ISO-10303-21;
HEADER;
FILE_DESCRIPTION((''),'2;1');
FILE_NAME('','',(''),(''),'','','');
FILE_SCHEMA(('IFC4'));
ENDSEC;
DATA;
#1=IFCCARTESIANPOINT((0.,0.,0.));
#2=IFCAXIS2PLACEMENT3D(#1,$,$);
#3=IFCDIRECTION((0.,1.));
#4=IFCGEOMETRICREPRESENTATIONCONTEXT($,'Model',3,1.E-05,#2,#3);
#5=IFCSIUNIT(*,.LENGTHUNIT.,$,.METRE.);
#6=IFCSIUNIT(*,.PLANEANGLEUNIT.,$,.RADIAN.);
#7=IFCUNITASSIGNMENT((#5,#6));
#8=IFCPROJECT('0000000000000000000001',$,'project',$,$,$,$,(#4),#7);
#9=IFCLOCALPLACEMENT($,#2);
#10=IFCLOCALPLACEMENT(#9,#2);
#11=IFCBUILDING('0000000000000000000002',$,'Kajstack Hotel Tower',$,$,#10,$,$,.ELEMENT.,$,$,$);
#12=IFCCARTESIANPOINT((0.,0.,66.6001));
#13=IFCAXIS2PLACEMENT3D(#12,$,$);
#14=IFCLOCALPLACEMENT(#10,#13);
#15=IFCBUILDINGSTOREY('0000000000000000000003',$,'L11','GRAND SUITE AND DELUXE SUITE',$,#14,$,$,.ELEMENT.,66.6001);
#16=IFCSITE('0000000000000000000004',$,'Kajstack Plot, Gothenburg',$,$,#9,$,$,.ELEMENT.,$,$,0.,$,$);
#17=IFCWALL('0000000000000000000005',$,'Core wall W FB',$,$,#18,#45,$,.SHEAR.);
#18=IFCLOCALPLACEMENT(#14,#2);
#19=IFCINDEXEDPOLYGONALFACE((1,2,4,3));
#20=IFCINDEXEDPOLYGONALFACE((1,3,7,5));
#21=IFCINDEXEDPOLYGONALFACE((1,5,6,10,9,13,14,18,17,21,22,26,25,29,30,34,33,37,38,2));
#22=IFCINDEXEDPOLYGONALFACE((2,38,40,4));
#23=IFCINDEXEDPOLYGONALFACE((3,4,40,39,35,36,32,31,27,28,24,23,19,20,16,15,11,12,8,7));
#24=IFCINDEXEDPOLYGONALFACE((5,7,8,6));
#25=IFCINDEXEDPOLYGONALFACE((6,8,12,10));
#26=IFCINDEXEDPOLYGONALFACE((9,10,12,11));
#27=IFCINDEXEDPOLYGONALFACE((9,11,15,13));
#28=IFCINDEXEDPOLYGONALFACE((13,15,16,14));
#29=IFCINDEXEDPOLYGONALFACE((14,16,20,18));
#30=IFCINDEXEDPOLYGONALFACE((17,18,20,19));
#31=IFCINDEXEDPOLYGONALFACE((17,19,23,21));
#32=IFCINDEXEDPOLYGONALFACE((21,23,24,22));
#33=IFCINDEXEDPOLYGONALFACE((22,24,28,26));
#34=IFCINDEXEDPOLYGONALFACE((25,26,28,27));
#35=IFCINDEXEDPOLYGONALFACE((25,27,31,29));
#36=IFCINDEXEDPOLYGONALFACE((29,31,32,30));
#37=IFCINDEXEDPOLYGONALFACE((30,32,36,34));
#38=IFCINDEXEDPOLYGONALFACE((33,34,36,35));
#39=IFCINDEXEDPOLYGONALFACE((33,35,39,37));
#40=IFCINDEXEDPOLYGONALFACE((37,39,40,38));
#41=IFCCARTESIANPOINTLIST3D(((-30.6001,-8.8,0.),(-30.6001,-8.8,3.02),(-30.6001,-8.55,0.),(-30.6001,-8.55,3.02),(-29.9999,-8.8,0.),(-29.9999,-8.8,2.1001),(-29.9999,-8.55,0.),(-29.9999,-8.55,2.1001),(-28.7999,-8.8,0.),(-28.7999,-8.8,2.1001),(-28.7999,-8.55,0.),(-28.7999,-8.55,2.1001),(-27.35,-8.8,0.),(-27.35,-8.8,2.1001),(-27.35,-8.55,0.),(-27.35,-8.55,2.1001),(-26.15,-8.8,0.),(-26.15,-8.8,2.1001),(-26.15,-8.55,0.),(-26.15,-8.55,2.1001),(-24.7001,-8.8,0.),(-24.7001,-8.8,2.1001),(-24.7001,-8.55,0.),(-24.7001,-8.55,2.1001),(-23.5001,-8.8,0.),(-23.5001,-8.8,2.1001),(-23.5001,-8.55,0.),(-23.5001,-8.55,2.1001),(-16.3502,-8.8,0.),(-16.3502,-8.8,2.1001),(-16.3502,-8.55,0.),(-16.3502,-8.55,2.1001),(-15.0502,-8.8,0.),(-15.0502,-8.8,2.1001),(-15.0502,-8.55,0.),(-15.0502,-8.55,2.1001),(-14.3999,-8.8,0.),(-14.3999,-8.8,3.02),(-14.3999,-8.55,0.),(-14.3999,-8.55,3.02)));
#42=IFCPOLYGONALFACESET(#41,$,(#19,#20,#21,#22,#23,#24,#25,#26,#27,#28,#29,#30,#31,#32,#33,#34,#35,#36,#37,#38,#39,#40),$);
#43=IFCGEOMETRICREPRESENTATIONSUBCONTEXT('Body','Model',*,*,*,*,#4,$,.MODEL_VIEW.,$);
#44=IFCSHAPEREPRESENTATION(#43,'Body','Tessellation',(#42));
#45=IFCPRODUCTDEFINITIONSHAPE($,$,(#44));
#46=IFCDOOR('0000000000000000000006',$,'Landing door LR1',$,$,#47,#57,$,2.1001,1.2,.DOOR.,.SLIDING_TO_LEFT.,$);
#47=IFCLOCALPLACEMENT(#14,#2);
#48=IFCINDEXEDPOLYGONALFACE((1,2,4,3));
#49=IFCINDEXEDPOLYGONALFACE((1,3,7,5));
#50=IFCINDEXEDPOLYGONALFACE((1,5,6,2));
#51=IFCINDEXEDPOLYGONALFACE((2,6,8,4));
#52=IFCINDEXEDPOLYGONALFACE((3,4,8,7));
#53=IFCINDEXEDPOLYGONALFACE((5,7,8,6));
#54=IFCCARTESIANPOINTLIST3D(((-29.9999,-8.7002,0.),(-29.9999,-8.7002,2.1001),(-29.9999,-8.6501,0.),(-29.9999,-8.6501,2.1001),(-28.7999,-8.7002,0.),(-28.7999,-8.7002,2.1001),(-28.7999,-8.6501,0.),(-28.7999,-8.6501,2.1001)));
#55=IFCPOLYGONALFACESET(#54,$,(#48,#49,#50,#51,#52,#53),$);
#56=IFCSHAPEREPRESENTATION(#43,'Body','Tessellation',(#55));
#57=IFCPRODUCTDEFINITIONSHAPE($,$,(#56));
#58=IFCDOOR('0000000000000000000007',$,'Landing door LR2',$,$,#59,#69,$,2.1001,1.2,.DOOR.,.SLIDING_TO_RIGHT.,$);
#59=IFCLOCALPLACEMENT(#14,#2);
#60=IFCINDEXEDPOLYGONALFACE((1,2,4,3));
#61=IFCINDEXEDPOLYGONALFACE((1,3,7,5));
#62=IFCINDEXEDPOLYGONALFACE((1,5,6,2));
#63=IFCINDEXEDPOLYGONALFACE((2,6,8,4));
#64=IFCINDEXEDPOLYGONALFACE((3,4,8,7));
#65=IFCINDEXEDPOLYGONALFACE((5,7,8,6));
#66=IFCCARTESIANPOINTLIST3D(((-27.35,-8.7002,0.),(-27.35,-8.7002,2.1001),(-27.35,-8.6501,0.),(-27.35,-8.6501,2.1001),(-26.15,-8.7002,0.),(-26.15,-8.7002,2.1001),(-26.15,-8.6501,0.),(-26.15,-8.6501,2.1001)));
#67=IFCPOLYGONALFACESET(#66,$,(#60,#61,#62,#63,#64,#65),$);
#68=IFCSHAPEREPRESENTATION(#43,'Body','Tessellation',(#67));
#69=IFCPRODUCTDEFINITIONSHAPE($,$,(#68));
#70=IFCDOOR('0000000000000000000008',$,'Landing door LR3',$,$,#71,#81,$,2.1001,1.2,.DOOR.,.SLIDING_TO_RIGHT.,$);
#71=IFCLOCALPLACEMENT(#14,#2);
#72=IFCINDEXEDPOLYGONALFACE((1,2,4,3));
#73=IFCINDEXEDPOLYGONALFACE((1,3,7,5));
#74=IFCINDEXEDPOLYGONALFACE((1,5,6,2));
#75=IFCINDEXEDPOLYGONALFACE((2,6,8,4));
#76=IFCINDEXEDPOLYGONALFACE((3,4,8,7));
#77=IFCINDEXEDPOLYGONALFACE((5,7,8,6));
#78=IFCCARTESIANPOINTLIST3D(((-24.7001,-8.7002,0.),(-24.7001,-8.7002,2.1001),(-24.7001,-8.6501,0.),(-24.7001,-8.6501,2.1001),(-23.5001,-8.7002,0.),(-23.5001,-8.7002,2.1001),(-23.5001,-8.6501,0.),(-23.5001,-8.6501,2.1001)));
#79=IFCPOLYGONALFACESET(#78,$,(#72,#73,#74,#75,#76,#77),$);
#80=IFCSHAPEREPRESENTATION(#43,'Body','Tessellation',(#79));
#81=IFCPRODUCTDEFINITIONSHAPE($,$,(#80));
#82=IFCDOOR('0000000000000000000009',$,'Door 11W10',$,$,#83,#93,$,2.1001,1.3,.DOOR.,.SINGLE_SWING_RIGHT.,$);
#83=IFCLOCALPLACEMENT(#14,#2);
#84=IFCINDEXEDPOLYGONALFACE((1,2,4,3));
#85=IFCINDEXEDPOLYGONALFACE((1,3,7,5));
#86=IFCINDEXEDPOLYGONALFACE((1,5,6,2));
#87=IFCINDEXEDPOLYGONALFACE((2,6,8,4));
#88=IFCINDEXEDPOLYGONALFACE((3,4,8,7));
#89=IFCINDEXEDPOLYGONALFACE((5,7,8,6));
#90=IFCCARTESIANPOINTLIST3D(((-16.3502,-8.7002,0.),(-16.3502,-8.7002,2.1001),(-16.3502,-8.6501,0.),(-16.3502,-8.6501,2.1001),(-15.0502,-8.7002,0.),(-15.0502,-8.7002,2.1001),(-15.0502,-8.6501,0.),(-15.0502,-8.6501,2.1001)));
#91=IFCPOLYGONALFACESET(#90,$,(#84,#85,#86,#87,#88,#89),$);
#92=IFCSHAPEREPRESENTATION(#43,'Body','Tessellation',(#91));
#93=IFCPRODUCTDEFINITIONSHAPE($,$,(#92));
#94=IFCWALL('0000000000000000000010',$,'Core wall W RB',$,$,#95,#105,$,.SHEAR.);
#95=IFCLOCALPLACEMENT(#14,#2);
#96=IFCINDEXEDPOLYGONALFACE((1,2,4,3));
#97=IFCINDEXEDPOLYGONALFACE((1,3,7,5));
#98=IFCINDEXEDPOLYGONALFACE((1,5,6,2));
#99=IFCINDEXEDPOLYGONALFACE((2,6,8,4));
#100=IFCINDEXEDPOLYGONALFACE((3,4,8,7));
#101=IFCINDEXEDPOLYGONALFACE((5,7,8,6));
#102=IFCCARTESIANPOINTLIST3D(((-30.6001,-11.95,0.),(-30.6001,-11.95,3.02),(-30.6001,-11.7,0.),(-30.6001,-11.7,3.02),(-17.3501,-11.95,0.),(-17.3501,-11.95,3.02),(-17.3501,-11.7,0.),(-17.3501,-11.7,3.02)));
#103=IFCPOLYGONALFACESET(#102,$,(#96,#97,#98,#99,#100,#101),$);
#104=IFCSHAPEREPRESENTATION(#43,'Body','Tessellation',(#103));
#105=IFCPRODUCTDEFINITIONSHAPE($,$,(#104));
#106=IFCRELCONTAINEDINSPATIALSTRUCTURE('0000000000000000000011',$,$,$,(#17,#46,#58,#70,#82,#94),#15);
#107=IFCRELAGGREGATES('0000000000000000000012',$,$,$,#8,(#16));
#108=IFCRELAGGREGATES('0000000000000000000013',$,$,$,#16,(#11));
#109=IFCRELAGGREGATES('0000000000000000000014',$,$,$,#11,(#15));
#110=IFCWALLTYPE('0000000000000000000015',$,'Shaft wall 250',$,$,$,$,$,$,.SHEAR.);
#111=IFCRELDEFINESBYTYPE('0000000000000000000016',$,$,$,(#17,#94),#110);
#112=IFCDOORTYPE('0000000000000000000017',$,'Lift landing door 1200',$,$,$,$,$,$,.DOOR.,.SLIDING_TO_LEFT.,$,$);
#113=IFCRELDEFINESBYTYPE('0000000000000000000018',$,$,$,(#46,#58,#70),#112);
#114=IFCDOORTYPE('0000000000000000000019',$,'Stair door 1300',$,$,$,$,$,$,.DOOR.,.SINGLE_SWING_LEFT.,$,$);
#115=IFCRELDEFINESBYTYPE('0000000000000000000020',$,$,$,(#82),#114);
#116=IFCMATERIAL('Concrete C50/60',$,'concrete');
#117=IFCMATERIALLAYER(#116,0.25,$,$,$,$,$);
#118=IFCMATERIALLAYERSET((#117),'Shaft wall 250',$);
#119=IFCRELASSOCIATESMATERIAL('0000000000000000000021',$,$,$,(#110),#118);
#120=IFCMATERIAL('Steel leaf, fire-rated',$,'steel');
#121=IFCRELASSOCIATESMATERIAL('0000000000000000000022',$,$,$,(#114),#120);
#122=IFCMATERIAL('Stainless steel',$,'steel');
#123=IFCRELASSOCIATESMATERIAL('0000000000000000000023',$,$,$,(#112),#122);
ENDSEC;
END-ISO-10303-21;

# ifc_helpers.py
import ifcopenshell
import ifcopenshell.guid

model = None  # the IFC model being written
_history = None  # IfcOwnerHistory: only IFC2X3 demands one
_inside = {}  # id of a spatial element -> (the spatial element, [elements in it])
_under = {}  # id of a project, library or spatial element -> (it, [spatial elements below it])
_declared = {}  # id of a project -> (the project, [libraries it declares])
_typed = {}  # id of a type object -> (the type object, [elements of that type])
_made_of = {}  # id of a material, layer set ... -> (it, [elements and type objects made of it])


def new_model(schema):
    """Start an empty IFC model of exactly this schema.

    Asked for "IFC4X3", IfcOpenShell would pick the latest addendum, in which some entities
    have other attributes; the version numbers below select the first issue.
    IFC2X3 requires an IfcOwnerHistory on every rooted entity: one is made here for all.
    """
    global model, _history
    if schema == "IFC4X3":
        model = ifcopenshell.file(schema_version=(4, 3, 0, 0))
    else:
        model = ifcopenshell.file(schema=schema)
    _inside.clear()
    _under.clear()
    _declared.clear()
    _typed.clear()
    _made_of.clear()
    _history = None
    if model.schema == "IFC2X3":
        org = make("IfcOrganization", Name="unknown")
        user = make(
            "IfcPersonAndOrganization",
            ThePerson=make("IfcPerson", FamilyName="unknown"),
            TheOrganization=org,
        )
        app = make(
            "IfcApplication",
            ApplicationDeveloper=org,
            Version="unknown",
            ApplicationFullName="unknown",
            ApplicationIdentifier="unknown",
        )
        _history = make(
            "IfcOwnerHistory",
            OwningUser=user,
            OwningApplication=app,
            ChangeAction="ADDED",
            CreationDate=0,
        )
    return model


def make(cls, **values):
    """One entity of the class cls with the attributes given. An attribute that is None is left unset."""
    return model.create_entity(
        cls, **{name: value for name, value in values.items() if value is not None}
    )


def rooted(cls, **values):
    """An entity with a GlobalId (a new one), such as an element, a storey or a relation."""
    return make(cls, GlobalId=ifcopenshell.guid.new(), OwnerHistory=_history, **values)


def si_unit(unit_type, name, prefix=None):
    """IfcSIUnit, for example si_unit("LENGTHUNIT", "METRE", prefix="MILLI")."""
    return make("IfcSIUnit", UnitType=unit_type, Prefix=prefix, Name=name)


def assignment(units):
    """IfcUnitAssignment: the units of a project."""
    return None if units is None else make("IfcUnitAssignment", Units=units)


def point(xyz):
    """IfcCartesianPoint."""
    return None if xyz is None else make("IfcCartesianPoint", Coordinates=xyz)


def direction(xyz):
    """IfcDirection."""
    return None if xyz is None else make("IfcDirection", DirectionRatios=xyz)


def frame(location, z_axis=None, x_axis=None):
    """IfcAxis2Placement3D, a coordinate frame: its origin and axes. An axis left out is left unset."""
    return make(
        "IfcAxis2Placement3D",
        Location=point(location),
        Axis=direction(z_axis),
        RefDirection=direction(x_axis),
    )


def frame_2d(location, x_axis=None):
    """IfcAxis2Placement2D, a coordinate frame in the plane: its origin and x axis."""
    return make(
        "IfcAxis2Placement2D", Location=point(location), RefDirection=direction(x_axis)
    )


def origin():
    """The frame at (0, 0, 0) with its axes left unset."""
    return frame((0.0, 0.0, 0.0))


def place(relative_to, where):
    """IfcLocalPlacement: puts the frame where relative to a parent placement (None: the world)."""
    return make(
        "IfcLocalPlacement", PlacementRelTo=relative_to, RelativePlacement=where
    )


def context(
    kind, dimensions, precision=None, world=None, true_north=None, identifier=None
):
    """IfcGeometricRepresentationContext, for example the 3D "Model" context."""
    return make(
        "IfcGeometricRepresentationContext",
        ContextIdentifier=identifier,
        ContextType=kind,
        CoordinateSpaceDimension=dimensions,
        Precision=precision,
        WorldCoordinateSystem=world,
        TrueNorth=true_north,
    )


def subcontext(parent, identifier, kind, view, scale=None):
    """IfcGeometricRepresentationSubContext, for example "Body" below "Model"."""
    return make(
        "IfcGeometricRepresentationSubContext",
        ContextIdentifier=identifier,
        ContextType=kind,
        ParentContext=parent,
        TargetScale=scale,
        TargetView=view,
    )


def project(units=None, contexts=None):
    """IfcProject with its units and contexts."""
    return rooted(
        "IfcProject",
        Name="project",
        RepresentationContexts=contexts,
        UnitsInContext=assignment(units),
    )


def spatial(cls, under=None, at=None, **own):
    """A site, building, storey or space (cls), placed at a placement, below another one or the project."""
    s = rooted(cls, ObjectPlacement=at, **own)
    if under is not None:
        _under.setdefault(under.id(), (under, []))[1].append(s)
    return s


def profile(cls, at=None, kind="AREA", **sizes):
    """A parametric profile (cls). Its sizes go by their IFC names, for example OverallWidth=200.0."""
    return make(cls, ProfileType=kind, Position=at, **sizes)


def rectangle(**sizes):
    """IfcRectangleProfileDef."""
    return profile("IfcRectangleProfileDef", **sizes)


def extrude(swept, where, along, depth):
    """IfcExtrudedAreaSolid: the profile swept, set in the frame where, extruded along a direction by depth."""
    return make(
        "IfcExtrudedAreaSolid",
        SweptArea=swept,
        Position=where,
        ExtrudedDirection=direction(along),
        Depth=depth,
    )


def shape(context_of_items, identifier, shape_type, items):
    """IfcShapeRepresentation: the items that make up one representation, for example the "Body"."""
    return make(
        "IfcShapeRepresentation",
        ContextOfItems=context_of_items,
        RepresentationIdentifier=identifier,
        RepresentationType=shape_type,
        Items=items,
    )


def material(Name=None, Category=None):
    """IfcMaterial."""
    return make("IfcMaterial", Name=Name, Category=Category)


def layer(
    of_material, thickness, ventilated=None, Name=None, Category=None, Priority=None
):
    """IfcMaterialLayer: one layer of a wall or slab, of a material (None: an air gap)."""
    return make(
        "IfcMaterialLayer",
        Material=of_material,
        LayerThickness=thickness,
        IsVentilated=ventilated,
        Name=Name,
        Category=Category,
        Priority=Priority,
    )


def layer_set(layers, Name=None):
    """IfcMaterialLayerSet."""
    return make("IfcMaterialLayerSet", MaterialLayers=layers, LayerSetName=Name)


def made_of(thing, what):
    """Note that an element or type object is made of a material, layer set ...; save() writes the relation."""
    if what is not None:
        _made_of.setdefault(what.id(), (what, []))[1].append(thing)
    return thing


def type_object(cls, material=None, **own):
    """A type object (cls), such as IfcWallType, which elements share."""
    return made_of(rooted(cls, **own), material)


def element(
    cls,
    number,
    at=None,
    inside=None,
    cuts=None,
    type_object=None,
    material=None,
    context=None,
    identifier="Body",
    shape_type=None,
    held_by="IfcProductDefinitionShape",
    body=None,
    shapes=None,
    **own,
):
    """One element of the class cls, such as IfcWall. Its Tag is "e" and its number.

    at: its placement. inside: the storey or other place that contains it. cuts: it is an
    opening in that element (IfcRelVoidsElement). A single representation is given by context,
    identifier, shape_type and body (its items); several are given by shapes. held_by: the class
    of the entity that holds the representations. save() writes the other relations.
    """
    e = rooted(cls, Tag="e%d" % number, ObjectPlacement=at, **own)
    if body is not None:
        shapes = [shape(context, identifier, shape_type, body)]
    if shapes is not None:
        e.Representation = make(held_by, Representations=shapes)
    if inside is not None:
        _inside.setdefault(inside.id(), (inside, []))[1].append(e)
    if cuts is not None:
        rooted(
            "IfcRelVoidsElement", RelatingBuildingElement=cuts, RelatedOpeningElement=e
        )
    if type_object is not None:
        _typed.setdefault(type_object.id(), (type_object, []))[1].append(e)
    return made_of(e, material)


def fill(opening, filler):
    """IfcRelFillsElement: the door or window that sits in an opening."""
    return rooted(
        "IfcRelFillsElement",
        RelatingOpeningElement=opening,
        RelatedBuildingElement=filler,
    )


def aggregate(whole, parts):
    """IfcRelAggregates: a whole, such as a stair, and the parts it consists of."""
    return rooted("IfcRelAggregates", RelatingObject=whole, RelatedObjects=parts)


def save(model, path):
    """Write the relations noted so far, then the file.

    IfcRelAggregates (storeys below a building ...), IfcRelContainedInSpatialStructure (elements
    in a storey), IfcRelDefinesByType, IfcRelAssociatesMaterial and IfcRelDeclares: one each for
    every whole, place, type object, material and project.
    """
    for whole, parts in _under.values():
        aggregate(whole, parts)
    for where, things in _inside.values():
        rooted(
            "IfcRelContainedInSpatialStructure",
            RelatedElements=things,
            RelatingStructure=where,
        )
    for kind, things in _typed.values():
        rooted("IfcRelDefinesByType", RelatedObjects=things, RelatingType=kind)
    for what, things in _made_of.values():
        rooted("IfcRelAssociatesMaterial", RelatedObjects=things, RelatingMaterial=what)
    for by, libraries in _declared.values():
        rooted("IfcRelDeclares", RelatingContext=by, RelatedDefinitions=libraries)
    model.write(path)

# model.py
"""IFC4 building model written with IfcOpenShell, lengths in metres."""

from ifc_helpers import new_model, si_unit, direction, frame, frame_2d, origin, place, context, subcontext, project, spatial, rectangle, extrude, material, layer, layer_set, type_object, element, fill, save


model = new_model("IFC4")

# Units and contexts
model_context = context("Model", 3, precision=1e-05, world=origin(), true_north=direction((0.0, 1.0)))
body_context = subcontext(model_context, "Body", "Model", "MODEL_VIEW")
ifc_project = project(units=[si_unit("LENGTHUNIT", "METRE"), si_unit("PLANEANGLEUNIT", "RADIAN")], contexts=[model_context])

# Site, building, storey
site_placement = place(None, origin())
site = spatial("IfcSite", under=ifc_project, at=site_placement, Name="Kajstack Plot, Gothenburg", CompositionType="ELEMENT", RefElevation=0.0)
building_placement = place(site_placement, origin())
building = spatial("IfcBuilding", under=site, at=building_placement, Name="Kajstack Hotel Tower", CompositionType="ELEMENT")
storey_placement = place(building_placement, frame((0.0, 0.0, 66.6001)))
storey = spatial("IfcBuildingStorey", under=building, at=storey_placement, Name="L11", Description="GRAND SUITE AND DELUXE SUITE", CompositionType="ELEMENT", Elevation=66.6001)

# Shared definitions
ifc_material_1 = material(Name="Stainless steel", Category="steel")

# Shared definitions
ifc_material_2 = material(Name="Concrete C50/60", Category="concrete")
ifc_layer_1 = layer(ifc_material_2, 0.25)
ifc_layer_set_1 = layer_set([ifc_layer_1], Name="Shaft wall 250")
wall_type_1 = type_object("IfcWallType", Name="Shaft wall 250", PredefinedType="SHEAR", material=ifc_layer_set_1)
ifc_material_3 = material(Name="Steel leaf, fire-rated", Category="steel")
door_type_1 = type_object("IfcDoorType", Name="Stair door 1300", OperationType="SINGLE_SWING_LEFT", PredefinedType="DOOR", material=ifc_material_3)

# Wall, openings, doors
wall_1_placement = place(storey_placement, frame((-30.6001, -8.675, 0.0), z_axis=(0.0, 0.0, 1.0), x_axis=(1.0, 0.0, 0.0)))
wall_1 = element("IfcWall", 1, at=wall_1_placement, inside=storey, type_object=wall_type_1, Name="Core wall W FB", PredefinedType="SHEAR", context=body_context, shape_type="SweptSolid", body=[
    extrude(rectangle(XDim=16.2002, YDim=0.25, at=frame_2d((8.1001, 0.0))), origin(), (0.0, 0.0, 1.0), 3.02),
])
opening_1_placement = place(wall_1_placement, frame((0.6001, 0.0, 0.0)))
opening_1 = element("IfcOpeningElement", 2, at=opening_1_placement, cuts=wall_1, PredefinedType="OPENING", context=body_context, shape_type="SweptSolid", body=[
    extrude(rectangle(XDim=1.2, YDim=2.1001, at=frame_2d((0.6001, 1.05))), frame((0.0, 0.135, 0.0), z_axis=(0.0, -1.0, 0.0), x_axis=(1.0, 0.0, 0.0)), (0.0, 0.0, 1.0), 0.27),
])
opening_2_placement = place(wall_1_placement, frame((3.25, 0.0, 0.0)))
opening_2 = element("IfcOpeningElement", 3, at=opening_2_placement, cuts=wall_1, PredefinedType="OPENING", context=body_context, shape_type="SweptSolid", body=[
    extrude(rectangle(XDim=1.2, YDim=2.1001, at=frame_2d((0.6001, 1.05))), frame((0.0, 0.135, 0.0), z_axis=(0.0, -1.0, 0.0), x_axis=(1.0, 0.0, 0.0)), (0.0, 0.0, 1.0), 0.27),
])
opening_3_placement = place(wall_1_placement, frame((5.8999, 0.0, 0.0)))
opening_3 = element("IfcOpeningElement", 4, at=opening_3_placement, cuts=wall_1, PredefinedType="OPENING", context=body_context, shape_type="SweptSolid", body=[
    extrude(rectangle(XDim=1.2, YDim=2.1001, at=frame_2d((0.6001, 1.05))), frame((0.0, 0.135, 0.0), z_axis=(0.0, -1.0, 0.0), x_axis=(1.0, 0.0, 0.0)), (0.0, 0.0, 1.0), 0.27),
])
opening_4_placement = place(wall_1_placement, frame((14.25, 0.0, 0.0)))
opening_4 = element("IfcOpeningElement", 5, at=opening_4_placement, cuts=wall_1, PredefinedType="OPENING", context=body_context, shape_type="SweptSolid", body=[
    extrude(rectangle(XDim=1.3, YDim=2.1001, at=frame_2d((0.6499, 1.05))), frame((0.0, 0.135, 0.0), z_axis=(0.0, -1.0, 0.0), x_axis=(1.0, 0.0, 0.0)), (0.0, 0.0, 1.0), 0.27),
])
door_type_2 = type_object("IfcDoorType", Name="Lift landing door 1200", OperationType="SLIDING_TO_LEFT", PredefinedType="DOOR", material=ifc_material_1)
door_1_placement = place(opening_1_placement, origin())
door_1 = element("IfcDoor", 6, at=door_1_placement, inside=storey, type_object=door_type_2, Name="Landing door LR1", OperationType="SLIDING_TO_LEFT", OverallHeight=2.1001, OverallWidth=1.2, PredefinedType="DOOR", context=body_context, shape_type="SweptSolid", body=[
    extrude(rectangle(XDim=1.2, YDim=2.1001, at=frame_2d((0.6001, 1.05))), frame((0.0, 0.0249, 0.0), z_axis=(0.0, -1.0, 0.0), x_axis=(1.0, 0.0, 0.0)), (0.0, 0.0, 1.0), 0.05),
])
fill(opening_1, door_1)
door_2_placement = place(opening_2_placement, origin())
door_2 = element("IfcDoor", 7, at=door_2_placement, inside=storey, type_object=door_type_2, Name="Landing door LR2", OperationType="SLIDING_TO_RIGHT", OverallHeight=2.1001, OverallWidth=1.2, PredefinedType="DOOR", context=body_context, shape_type="SweptSolid", body=[
    extrude(rectangle(XDim=1.2, YDim=2.1001, at=frame_2d((0.6001, 1.05))), frame((0.0, 0.0249, 0.0), z_axis=(0.0, -1.0, 0.0), x_axis=(1.0, 0.0, 0.0)), (0.0, 0.0, 1.0), 0.05),
])
fill(opening_2, door_2)
door_3_placement = place(opening_3_placement, origin())
door_3 = element("IfcDoor", 8, at=door_3_placement, inside=storey, type_object=door_type_2, Name="Landing door LR3", OperationType="SLIDING_TO_RIGHT", OverallHeight=2.1001, OverallWidth=1.2, PredefinedType="DOOR", context=body_context, shape_type="SweptSolid", body=[
    extrude(rectangle(XDim=1.2, YDim=2.1001, at=frame_2d((0.6001, 1.05))), frame((0.0, 0.0249, 0.0), z_axis=(0.0, -1.0, 0.0), x_axis=(1.0, 0.0, 0.0)), (0.0, 0.0, 1.0), 0.05),
])
fill(opening_3, door_3)
door_4_placement = place(opening_4_placement, origin())
door_4 = element("IfcDoor", 9, at=door_4_placement, inside=storey, type_object=door_type_1, Name="Door 11W10", OperationType="SINGLE_SWING_RIGHT", OverallHeight=2.1001, OverallWidth=1.3, PredefinedType="DOOR", context=body_context, shape_type="SweptSolid", body=[
    extrude(rectangle(XDim=1.3, YDim=2.1001, at=frame_2d((0.6499, 1.05))), frame((0.0, 0.0249, 0.0), z_axis=(0.0, -1.0, 0.0), x_axis=(1.0, 0.0, 0.0)), (0.0, 0.0, 1.0), 0.05),
])
fill(opening_4, door_4)

# Wall
wall_2_placement = place(storey_placement, frame((-30.6001, -11.825, 0.0), z_axis=(0.0, 0.0, 1.0), x_axis=(1.0, 0.0, 0.0)))
element("IfcWall", 10, at=wall_2_placement, inside=storey, type_object=wall_type_1, Name="Core wall W RB", PredefinedType="SHEAR", context=body_context, shape_type="SweptSolid", body=[
    extrude(rectangle(XDim=13.25, YDim=0.25, at=frame_2d((6.625, 0.0))), origin(), (0.0, 0.0, 1.0), 3.02),
])

save(model, "model.ifc")
